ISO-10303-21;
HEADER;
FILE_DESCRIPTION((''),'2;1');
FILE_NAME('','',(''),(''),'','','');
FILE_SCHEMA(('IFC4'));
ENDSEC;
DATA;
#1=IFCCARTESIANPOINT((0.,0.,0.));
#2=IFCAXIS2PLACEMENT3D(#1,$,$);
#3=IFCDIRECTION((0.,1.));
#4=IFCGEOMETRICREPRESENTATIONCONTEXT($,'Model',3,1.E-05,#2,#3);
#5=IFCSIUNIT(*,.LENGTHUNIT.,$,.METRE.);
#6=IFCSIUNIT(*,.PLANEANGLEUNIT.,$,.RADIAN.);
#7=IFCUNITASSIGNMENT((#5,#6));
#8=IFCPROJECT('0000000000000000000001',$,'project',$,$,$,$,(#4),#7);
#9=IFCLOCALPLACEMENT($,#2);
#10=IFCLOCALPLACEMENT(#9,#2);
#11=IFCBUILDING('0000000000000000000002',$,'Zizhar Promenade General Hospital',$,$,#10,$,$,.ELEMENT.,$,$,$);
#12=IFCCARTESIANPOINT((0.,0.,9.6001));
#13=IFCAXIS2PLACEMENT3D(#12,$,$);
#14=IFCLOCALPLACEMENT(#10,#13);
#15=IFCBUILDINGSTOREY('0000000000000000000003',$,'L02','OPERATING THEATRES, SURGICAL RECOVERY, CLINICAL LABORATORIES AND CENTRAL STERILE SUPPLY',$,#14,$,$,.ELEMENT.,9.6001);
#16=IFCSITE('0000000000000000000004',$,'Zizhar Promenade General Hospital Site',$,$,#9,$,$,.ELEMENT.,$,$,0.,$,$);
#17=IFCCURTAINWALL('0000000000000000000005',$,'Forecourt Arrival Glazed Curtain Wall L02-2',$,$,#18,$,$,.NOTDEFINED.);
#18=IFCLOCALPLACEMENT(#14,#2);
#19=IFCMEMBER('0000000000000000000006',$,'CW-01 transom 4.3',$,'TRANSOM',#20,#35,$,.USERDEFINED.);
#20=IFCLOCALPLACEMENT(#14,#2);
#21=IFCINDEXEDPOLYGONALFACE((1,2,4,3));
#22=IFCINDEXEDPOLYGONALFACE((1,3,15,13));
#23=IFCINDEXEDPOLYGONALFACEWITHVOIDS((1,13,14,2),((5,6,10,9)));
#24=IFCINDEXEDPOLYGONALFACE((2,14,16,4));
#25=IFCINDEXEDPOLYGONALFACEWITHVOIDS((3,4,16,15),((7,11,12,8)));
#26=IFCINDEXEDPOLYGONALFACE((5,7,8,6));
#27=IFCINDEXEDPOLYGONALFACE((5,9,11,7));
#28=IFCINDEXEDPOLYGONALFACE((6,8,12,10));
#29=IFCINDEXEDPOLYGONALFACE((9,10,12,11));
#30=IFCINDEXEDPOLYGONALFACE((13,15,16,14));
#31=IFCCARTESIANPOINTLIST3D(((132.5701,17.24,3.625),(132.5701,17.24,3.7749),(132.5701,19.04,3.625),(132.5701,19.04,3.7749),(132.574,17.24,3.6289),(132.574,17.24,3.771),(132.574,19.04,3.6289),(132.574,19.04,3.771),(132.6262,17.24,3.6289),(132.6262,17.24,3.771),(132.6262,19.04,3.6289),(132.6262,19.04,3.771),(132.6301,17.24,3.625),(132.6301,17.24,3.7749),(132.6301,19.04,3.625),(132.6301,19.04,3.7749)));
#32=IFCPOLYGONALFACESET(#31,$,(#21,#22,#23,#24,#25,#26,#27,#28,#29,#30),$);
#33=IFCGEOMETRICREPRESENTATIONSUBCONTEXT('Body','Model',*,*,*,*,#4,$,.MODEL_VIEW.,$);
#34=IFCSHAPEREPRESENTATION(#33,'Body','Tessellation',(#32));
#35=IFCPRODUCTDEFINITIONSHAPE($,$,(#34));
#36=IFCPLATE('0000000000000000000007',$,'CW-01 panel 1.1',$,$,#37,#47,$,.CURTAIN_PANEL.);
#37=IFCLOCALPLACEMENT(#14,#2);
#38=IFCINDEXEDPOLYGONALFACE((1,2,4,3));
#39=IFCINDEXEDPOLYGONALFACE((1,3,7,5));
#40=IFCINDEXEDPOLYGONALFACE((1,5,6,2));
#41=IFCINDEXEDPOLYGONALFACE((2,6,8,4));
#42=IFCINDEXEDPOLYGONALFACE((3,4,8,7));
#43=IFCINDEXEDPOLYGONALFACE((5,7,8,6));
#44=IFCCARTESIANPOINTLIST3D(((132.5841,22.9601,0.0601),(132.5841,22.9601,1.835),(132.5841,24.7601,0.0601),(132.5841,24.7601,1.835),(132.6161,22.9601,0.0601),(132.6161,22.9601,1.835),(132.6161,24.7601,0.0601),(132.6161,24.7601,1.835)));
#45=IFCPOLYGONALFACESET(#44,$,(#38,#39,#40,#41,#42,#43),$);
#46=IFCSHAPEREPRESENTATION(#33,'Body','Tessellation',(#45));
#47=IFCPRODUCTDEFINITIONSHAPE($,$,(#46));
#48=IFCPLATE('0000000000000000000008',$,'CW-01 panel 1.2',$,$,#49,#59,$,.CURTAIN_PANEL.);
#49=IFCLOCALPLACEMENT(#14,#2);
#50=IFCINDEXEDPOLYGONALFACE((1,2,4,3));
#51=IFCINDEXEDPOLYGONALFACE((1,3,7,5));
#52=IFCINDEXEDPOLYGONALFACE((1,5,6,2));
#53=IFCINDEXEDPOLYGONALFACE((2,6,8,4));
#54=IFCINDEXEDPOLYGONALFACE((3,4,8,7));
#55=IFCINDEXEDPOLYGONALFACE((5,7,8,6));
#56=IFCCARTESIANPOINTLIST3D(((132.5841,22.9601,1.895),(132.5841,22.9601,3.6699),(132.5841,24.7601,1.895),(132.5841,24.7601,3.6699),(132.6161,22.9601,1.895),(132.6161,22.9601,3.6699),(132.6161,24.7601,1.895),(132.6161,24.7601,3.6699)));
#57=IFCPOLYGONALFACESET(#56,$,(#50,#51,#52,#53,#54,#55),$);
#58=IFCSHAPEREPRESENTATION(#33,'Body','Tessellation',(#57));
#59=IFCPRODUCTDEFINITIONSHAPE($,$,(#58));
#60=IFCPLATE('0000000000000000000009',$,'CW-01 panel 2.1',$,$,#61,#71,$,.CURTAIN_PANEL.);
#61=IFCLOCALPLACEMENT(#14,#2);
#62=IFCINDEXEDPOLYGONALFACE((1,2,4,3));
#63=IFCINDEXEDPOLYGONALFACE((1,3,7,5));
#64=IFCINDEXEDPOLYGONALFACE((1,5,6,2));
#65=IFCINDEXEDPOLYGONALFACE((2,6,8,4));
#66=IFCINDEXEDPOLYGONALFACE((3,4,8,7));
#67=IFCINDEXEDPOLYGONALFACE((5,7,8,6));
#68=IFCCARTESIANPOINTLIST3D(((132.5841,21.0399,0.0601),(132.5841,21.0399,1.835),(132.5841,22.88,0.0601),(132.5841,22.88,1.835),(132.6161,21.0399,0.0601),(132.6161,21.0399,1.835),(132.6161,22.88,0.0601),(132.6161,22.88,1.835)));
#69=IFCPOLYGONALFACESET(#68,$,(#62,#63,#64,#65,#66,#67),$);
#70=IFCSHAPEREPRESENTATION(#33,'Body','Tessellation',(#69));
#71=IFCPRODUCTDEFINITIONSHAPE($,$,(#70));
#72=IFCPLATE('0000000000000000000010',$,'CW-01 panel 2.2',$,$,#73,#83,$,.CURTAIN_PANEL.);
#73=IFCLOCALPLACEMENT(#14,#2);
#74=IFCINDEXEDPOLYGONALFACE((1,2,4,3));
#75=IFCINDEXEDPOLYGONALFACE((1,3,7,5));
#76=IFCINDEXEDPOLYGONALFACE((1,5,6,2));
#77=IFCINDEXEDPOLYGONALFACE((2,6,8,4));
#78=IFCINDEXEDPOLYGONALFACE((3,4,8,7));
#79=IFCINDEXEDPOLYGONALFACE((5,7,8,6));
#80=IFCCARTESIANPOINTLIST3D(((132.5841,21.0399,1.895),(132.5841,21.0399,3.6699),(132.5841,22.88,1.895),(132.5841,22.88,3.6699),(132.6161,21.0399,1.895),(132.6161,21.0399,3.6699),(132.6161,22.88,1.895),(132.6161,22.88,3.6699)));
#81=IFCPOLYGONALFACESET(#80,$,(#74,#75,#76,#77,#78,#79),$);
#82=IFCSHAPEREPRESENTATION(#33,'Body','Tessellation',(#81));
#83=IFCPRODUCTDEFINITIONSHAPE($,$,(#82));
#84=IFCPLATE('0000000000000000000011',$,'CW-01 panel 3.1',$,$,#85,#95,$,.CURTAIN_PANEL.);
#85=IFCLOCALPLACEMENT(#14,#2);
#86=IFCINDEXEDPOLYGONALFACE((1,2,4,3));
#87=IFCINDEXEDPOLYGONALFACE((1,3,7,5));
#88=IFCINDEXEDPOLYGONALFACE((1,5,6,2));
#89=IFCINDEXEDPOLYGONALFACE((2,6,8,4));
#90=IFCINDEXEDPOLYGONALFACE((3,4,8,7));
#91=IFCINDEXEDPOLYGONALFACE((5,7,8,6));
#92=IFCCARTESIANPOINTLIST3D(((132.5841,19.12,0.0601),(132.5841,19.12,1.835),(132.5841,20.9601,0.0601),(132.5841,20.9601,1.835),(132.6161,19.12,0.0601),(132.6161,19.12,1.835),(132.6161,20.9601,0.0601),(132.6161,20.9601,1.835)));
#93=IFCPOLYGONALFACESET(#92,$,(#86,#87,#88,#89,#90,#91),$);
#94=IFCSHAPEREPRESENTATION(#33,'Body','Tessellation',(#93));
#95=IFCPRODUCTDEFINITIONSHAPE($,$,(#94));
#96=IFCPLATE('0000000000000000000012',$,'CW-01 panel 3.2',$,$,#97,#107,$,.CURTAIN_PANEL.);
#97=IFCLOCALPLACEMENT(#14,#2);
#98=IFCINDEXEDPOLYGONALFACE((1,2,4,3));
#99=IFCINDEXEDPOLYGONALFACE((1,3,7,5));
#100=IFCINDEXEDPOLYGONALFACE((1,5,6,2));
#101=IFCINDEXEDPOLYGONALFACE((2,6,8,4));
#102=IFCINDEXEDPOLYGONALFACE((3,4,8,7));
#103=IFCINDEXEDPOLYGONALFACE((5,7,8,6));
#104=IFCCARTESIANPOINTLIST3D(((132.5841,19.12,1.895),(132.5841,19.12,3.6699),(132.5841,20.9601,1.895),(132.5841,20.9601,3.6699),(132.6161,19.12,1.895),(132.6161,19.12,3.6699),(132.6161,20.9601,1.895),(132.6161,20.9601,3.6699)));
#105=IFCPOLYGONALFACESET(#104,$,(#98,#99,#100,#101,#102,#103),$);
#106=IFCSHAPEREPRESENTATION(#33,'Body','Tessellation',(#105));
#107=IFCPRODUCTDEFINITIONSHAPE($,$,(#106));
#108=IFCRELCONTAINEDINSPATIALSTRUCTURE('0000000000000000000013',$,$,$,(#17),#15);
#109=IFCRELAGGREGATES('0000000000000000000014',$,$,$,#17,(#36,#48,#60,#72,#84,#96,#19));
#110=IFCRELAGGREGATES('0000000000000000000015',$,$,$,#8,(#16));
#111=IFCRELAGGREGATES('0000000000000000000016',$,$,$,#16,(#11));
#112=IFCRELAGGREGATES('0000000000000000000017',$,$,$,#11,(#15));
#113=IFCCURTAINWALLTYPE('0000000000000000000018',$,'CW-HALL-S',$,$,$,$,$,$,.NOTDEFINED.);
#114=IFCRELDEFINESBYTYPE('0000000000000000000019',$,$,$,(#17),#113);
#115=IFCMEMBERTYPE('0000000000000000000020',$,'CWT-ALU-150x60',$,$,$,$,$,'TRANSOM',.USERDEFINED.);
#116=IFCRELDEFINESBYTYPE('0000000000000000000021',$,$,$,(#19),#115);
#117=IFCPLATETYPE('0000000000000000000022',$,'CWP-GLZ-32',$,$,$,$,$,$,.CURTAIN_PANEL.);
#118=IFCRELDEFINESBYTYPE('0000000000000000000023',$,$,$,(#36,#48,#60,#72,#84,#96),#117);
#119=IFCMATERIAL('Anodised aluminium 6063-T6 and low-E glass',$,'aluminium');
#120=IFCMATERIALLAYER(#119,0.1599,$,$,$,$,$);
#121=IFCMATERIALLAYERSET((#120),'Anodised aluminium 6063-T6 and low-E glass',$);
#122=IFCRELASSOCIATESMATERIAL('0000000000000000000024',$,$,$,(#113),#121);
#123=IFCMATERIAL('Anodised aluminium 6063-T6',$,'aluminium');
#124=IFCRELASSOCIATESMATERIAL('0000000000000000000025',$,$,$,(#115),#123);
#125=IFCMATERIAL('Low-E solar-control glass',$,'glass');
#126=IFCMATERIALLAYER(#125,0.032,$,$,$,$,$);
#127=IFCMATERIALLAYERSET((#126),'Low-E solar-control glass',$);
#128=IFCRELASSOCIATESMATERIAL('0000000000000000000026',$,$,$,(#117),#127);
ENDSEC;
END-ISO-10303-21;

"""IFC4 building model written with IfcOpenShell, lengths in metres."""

from ifc_helpers import new_model, si_unit, direction, frame, origin, origin_2d, place, context, subcontext, project, spatial, rectangle, hollow_rectangle, extrude, material, layer, layer_set, material_profile, profile_set, type_object, element, aggregate, save


model = new_model("IFC4")

# Units and contexts
model_context = context("Model", 3, precision=1e-05, world=origin(), true_north=direction((0.0, 1.0)))
body_context = subcontext(model_context, "Body", "Model", "MODEL_VIEW")
ifc_project = project(units=[si_unit("LENGTHUNIT", "METRE"), si_unit("PLANEANGLEUNIT", "RADIAN")], contexts=[model_context])

# Site, building, storey
site_placement = place(None, origin())
site = spatial("IfcSite", under=ifc_project, at=site_placement, Name="Zizhar Promenade General Hospital Site", CompositionType="ELEMENT", RefElevation=0.0)
building_placement = place(site_placement, origin())
building = spatial("IfcBuilding", under=site, at=building_placement, Name="Zizhar Promenade General Hospital", CompositionType="ELEMENT")
storey_placement = place(building_placement, frame((0.0, 0.0, 9.6001)))
storey = spatial("IfcBuildingStorey", under=building, at=storey_placement, Name="L02", Description="OPERATING THEATRES, SURGICAL RECOVERY, CLINICAL LABORATORIES AND CENTRAL STERILE SUPPLY", CompositionType="ELEMENT", Elevation=9.6001)

# Curtain wall, member, plates
ifc_material_1 = material(Name="Anodised aluminium 6063-T6 and low-E glass", Category="aluminium")
ifc_layer_1 = layer(ifc_material_1, 0.1599)
ifc_layer_set_1 = layer_set([ifc_layer_1], Name="Anodised aluminium 6063-T6 and low-E glass")
curtain_wall_type = type_object("IfcCurtainWallType", Name="CW-HALL-S", PredefinedType="NOTDEFINED", material=ifc_layer_set_1)
curtain_wall_placement = place(storey_placement, origin())
curtain_wall = element("IfcCurtainWall", 1, at=curtain_wall_placement, inside=storey, type_object=curtain_wall_type, Name="Forecourt Arrival Glazed Curtain Wall L02-2", PredefinedType="NOTDEFINED")
ifc_material_2 = material(Name="Anodised aluminium 6063-T6", Category="aluminium")
ifc_material_profile_1 = material_profile(ifc_material_2, hollow_rectangle(XDim=0.0601, YDim=0.1499, WallThickness=0.0039, at=origin_2d()))
ifc_profile_set_1 = profile_set([ifc_material_profile_1], Name="Anodised aluminium 6063-T6")
member_type_1 = type_object("IfcMemberType", Name="CWT-ALU-150x60", ElementType="TRANSOM", PredefinedType="USERDEFINED", material=ifc_profile_set_1)
member_1_placement = place(storey_placement, frame((132.6001, 19.04, 3.7), z_axis=(0.0, -1.0, 0.0), x_axis=(1.0, 0.0, 0.0)))
member_1 = element("IfcMember", 2, at=member_1_placement, type_object=member_type_1, Name="CW-01 transom 4.3", ObjectType="TRANSOM", PredefinedType="USERDEFINED", context=body_context, shape_type="SweptSolid", body=[
    extrude(hollow_rectangle(XDim=0.0601, YDim=0.1499, WallThickness=0.0039, at=origin_2d()), origin(), (0.0, 0.0, 1.0), 1.8),
])
ifc_material_3 = material(Name="Low-E solar-control glass", Category="glass")
ifc_layer_2 = layer(ifc_material_3, 0.032)
ifc_layer_set_2 = layer_set([ifc_layer_2], Name="Low-E solar-control glass")
plate_type = type_object("IfcPlateType", Name="CWP-GLZ-32", PredefinedType="CURTAIN_PANEL", material=ifc_layer_set_2)
plate_1_placement = place(storey_placement, frame((132.6001, 23.8601, 0.0601), z_axis=(0.0, 0.0, 1.0), x_axis=(0.0, -1.0, 0.0)))
plate_1 = element("IfcPlate", 3, at=plate_1_placement, type_object=plate_type, Name="CW-01 panel 1.1", PredefinedType="CURTAIN_PANEL", context=body_context, shape_type="SweptSolid", body=[
    extrude(rectangle(XDim=1.8, YDim=0.032, at=origin_2d()), origin(), (0.0, 0.0, 1.0), 1.7749),
])
plate_2_placement = place(storey_placement, frame((132.6001, 23.8601, 1.895), z_axis=(0.0, 0.0, 1.0), x_axis=(0.0, -1.0, 0.0)))
plate_2 = element("IfcPlate", 4, at=plate_2_placement, type_object=plate_type, Name="CW-01 panel 1.2", PredefinedType="CURTAIN_PANEL", context=body_context, shape_type="SweptSolid", body=[
    extrude(rectangle(XDim=1.8, YDim=0.032, at=origin_2d()), origin(), (0.0, 0.0, 1.0), 1.7749),
])
plate_3_placement = place(storey_placement, frame((132.6001, 21.96, 0.0601), z_axis=(0.0, 0.0, 1.0), x_axis=(0.0, -1.0, 0.0)))
plate_3 = element("IfcPlate", 5, at=plate_3_placement, type_object=plate_type, Name="CW-01 panel 2.1", PredefinedType="CURTAIN_PANEL", context=body_context, shape_type="SweptSolid", body=[
    extrude(rectangle(XDim=1.8401, YDim=0.032, at=origin_2d()), origin(), (0.0, 0.0, 1.0), 1.7749),
])
plate_4_placement = place(storey_placement, frame((132.6001, 21.96, 1.895), z_axis=(0.0, 0.0, 1.0), x_axis=(0.0, -1.0, 0.0)))
plate_4 = element("IfcPlate", 6, at=plate_4_placement, type_object=plate_type, Name="CW-01 panel 2.2", PredefinedType="CURTAIN_PANEL", context=body_context, shape_type="SweptSolid", body=[
    extrude(rectangle(XDim=1.8401, YDim=0.032, at=origin_2d()), origin(), (0.0, 0.0, 1.0), 1.7749),
])
plate_5_placement = place(storey_placement, frame((132.6001, 20.04, 0.0601), z_axis=(0.0, 0.0, 1.0), x_axis=(0.0, -1.0, 0.0)))
plate_5 = element("IfcPlate", 7, at=plate_5_placement, type_object=plate_type, Name="CW-01 panel 3.1", PredefinedType="CURTAIN_PANEL", context=body_context, shape_type="SweptSolid", body=[
    extrude(rectangle(XDim=1.8401, YDim=0.032, at=origin_2d()), origin(), (0.0, 0.0, 1.0), 1.7749),
])
plate_6_placement = place(storey_placement, frame((132.6001, 20.04, 1.895), z_axis=(0.0, 0.0, 1.0), x_axis=(0.0, -1.0, 0.0)))
plate_6 = element("IfcPlate", 8, at=plate_6_placement, type_object=plate_type, Name="CW-01 panel 3.2", PredefinedType="CURTAIN_PANEL", context=body_context, shape_type="SweptSolid", body=[
    extrude(rectangle(XDim=1.8401, YDim=0.032, at=origin_2d()), origin(), (0.0, 0.0, 1.0), 1.7749),
])
aggregate(curtain_wall, [plate_1, plate_2, plate_3, plate_4, plate_5, plate_6, member_1])

save(model, "model.ifc")
